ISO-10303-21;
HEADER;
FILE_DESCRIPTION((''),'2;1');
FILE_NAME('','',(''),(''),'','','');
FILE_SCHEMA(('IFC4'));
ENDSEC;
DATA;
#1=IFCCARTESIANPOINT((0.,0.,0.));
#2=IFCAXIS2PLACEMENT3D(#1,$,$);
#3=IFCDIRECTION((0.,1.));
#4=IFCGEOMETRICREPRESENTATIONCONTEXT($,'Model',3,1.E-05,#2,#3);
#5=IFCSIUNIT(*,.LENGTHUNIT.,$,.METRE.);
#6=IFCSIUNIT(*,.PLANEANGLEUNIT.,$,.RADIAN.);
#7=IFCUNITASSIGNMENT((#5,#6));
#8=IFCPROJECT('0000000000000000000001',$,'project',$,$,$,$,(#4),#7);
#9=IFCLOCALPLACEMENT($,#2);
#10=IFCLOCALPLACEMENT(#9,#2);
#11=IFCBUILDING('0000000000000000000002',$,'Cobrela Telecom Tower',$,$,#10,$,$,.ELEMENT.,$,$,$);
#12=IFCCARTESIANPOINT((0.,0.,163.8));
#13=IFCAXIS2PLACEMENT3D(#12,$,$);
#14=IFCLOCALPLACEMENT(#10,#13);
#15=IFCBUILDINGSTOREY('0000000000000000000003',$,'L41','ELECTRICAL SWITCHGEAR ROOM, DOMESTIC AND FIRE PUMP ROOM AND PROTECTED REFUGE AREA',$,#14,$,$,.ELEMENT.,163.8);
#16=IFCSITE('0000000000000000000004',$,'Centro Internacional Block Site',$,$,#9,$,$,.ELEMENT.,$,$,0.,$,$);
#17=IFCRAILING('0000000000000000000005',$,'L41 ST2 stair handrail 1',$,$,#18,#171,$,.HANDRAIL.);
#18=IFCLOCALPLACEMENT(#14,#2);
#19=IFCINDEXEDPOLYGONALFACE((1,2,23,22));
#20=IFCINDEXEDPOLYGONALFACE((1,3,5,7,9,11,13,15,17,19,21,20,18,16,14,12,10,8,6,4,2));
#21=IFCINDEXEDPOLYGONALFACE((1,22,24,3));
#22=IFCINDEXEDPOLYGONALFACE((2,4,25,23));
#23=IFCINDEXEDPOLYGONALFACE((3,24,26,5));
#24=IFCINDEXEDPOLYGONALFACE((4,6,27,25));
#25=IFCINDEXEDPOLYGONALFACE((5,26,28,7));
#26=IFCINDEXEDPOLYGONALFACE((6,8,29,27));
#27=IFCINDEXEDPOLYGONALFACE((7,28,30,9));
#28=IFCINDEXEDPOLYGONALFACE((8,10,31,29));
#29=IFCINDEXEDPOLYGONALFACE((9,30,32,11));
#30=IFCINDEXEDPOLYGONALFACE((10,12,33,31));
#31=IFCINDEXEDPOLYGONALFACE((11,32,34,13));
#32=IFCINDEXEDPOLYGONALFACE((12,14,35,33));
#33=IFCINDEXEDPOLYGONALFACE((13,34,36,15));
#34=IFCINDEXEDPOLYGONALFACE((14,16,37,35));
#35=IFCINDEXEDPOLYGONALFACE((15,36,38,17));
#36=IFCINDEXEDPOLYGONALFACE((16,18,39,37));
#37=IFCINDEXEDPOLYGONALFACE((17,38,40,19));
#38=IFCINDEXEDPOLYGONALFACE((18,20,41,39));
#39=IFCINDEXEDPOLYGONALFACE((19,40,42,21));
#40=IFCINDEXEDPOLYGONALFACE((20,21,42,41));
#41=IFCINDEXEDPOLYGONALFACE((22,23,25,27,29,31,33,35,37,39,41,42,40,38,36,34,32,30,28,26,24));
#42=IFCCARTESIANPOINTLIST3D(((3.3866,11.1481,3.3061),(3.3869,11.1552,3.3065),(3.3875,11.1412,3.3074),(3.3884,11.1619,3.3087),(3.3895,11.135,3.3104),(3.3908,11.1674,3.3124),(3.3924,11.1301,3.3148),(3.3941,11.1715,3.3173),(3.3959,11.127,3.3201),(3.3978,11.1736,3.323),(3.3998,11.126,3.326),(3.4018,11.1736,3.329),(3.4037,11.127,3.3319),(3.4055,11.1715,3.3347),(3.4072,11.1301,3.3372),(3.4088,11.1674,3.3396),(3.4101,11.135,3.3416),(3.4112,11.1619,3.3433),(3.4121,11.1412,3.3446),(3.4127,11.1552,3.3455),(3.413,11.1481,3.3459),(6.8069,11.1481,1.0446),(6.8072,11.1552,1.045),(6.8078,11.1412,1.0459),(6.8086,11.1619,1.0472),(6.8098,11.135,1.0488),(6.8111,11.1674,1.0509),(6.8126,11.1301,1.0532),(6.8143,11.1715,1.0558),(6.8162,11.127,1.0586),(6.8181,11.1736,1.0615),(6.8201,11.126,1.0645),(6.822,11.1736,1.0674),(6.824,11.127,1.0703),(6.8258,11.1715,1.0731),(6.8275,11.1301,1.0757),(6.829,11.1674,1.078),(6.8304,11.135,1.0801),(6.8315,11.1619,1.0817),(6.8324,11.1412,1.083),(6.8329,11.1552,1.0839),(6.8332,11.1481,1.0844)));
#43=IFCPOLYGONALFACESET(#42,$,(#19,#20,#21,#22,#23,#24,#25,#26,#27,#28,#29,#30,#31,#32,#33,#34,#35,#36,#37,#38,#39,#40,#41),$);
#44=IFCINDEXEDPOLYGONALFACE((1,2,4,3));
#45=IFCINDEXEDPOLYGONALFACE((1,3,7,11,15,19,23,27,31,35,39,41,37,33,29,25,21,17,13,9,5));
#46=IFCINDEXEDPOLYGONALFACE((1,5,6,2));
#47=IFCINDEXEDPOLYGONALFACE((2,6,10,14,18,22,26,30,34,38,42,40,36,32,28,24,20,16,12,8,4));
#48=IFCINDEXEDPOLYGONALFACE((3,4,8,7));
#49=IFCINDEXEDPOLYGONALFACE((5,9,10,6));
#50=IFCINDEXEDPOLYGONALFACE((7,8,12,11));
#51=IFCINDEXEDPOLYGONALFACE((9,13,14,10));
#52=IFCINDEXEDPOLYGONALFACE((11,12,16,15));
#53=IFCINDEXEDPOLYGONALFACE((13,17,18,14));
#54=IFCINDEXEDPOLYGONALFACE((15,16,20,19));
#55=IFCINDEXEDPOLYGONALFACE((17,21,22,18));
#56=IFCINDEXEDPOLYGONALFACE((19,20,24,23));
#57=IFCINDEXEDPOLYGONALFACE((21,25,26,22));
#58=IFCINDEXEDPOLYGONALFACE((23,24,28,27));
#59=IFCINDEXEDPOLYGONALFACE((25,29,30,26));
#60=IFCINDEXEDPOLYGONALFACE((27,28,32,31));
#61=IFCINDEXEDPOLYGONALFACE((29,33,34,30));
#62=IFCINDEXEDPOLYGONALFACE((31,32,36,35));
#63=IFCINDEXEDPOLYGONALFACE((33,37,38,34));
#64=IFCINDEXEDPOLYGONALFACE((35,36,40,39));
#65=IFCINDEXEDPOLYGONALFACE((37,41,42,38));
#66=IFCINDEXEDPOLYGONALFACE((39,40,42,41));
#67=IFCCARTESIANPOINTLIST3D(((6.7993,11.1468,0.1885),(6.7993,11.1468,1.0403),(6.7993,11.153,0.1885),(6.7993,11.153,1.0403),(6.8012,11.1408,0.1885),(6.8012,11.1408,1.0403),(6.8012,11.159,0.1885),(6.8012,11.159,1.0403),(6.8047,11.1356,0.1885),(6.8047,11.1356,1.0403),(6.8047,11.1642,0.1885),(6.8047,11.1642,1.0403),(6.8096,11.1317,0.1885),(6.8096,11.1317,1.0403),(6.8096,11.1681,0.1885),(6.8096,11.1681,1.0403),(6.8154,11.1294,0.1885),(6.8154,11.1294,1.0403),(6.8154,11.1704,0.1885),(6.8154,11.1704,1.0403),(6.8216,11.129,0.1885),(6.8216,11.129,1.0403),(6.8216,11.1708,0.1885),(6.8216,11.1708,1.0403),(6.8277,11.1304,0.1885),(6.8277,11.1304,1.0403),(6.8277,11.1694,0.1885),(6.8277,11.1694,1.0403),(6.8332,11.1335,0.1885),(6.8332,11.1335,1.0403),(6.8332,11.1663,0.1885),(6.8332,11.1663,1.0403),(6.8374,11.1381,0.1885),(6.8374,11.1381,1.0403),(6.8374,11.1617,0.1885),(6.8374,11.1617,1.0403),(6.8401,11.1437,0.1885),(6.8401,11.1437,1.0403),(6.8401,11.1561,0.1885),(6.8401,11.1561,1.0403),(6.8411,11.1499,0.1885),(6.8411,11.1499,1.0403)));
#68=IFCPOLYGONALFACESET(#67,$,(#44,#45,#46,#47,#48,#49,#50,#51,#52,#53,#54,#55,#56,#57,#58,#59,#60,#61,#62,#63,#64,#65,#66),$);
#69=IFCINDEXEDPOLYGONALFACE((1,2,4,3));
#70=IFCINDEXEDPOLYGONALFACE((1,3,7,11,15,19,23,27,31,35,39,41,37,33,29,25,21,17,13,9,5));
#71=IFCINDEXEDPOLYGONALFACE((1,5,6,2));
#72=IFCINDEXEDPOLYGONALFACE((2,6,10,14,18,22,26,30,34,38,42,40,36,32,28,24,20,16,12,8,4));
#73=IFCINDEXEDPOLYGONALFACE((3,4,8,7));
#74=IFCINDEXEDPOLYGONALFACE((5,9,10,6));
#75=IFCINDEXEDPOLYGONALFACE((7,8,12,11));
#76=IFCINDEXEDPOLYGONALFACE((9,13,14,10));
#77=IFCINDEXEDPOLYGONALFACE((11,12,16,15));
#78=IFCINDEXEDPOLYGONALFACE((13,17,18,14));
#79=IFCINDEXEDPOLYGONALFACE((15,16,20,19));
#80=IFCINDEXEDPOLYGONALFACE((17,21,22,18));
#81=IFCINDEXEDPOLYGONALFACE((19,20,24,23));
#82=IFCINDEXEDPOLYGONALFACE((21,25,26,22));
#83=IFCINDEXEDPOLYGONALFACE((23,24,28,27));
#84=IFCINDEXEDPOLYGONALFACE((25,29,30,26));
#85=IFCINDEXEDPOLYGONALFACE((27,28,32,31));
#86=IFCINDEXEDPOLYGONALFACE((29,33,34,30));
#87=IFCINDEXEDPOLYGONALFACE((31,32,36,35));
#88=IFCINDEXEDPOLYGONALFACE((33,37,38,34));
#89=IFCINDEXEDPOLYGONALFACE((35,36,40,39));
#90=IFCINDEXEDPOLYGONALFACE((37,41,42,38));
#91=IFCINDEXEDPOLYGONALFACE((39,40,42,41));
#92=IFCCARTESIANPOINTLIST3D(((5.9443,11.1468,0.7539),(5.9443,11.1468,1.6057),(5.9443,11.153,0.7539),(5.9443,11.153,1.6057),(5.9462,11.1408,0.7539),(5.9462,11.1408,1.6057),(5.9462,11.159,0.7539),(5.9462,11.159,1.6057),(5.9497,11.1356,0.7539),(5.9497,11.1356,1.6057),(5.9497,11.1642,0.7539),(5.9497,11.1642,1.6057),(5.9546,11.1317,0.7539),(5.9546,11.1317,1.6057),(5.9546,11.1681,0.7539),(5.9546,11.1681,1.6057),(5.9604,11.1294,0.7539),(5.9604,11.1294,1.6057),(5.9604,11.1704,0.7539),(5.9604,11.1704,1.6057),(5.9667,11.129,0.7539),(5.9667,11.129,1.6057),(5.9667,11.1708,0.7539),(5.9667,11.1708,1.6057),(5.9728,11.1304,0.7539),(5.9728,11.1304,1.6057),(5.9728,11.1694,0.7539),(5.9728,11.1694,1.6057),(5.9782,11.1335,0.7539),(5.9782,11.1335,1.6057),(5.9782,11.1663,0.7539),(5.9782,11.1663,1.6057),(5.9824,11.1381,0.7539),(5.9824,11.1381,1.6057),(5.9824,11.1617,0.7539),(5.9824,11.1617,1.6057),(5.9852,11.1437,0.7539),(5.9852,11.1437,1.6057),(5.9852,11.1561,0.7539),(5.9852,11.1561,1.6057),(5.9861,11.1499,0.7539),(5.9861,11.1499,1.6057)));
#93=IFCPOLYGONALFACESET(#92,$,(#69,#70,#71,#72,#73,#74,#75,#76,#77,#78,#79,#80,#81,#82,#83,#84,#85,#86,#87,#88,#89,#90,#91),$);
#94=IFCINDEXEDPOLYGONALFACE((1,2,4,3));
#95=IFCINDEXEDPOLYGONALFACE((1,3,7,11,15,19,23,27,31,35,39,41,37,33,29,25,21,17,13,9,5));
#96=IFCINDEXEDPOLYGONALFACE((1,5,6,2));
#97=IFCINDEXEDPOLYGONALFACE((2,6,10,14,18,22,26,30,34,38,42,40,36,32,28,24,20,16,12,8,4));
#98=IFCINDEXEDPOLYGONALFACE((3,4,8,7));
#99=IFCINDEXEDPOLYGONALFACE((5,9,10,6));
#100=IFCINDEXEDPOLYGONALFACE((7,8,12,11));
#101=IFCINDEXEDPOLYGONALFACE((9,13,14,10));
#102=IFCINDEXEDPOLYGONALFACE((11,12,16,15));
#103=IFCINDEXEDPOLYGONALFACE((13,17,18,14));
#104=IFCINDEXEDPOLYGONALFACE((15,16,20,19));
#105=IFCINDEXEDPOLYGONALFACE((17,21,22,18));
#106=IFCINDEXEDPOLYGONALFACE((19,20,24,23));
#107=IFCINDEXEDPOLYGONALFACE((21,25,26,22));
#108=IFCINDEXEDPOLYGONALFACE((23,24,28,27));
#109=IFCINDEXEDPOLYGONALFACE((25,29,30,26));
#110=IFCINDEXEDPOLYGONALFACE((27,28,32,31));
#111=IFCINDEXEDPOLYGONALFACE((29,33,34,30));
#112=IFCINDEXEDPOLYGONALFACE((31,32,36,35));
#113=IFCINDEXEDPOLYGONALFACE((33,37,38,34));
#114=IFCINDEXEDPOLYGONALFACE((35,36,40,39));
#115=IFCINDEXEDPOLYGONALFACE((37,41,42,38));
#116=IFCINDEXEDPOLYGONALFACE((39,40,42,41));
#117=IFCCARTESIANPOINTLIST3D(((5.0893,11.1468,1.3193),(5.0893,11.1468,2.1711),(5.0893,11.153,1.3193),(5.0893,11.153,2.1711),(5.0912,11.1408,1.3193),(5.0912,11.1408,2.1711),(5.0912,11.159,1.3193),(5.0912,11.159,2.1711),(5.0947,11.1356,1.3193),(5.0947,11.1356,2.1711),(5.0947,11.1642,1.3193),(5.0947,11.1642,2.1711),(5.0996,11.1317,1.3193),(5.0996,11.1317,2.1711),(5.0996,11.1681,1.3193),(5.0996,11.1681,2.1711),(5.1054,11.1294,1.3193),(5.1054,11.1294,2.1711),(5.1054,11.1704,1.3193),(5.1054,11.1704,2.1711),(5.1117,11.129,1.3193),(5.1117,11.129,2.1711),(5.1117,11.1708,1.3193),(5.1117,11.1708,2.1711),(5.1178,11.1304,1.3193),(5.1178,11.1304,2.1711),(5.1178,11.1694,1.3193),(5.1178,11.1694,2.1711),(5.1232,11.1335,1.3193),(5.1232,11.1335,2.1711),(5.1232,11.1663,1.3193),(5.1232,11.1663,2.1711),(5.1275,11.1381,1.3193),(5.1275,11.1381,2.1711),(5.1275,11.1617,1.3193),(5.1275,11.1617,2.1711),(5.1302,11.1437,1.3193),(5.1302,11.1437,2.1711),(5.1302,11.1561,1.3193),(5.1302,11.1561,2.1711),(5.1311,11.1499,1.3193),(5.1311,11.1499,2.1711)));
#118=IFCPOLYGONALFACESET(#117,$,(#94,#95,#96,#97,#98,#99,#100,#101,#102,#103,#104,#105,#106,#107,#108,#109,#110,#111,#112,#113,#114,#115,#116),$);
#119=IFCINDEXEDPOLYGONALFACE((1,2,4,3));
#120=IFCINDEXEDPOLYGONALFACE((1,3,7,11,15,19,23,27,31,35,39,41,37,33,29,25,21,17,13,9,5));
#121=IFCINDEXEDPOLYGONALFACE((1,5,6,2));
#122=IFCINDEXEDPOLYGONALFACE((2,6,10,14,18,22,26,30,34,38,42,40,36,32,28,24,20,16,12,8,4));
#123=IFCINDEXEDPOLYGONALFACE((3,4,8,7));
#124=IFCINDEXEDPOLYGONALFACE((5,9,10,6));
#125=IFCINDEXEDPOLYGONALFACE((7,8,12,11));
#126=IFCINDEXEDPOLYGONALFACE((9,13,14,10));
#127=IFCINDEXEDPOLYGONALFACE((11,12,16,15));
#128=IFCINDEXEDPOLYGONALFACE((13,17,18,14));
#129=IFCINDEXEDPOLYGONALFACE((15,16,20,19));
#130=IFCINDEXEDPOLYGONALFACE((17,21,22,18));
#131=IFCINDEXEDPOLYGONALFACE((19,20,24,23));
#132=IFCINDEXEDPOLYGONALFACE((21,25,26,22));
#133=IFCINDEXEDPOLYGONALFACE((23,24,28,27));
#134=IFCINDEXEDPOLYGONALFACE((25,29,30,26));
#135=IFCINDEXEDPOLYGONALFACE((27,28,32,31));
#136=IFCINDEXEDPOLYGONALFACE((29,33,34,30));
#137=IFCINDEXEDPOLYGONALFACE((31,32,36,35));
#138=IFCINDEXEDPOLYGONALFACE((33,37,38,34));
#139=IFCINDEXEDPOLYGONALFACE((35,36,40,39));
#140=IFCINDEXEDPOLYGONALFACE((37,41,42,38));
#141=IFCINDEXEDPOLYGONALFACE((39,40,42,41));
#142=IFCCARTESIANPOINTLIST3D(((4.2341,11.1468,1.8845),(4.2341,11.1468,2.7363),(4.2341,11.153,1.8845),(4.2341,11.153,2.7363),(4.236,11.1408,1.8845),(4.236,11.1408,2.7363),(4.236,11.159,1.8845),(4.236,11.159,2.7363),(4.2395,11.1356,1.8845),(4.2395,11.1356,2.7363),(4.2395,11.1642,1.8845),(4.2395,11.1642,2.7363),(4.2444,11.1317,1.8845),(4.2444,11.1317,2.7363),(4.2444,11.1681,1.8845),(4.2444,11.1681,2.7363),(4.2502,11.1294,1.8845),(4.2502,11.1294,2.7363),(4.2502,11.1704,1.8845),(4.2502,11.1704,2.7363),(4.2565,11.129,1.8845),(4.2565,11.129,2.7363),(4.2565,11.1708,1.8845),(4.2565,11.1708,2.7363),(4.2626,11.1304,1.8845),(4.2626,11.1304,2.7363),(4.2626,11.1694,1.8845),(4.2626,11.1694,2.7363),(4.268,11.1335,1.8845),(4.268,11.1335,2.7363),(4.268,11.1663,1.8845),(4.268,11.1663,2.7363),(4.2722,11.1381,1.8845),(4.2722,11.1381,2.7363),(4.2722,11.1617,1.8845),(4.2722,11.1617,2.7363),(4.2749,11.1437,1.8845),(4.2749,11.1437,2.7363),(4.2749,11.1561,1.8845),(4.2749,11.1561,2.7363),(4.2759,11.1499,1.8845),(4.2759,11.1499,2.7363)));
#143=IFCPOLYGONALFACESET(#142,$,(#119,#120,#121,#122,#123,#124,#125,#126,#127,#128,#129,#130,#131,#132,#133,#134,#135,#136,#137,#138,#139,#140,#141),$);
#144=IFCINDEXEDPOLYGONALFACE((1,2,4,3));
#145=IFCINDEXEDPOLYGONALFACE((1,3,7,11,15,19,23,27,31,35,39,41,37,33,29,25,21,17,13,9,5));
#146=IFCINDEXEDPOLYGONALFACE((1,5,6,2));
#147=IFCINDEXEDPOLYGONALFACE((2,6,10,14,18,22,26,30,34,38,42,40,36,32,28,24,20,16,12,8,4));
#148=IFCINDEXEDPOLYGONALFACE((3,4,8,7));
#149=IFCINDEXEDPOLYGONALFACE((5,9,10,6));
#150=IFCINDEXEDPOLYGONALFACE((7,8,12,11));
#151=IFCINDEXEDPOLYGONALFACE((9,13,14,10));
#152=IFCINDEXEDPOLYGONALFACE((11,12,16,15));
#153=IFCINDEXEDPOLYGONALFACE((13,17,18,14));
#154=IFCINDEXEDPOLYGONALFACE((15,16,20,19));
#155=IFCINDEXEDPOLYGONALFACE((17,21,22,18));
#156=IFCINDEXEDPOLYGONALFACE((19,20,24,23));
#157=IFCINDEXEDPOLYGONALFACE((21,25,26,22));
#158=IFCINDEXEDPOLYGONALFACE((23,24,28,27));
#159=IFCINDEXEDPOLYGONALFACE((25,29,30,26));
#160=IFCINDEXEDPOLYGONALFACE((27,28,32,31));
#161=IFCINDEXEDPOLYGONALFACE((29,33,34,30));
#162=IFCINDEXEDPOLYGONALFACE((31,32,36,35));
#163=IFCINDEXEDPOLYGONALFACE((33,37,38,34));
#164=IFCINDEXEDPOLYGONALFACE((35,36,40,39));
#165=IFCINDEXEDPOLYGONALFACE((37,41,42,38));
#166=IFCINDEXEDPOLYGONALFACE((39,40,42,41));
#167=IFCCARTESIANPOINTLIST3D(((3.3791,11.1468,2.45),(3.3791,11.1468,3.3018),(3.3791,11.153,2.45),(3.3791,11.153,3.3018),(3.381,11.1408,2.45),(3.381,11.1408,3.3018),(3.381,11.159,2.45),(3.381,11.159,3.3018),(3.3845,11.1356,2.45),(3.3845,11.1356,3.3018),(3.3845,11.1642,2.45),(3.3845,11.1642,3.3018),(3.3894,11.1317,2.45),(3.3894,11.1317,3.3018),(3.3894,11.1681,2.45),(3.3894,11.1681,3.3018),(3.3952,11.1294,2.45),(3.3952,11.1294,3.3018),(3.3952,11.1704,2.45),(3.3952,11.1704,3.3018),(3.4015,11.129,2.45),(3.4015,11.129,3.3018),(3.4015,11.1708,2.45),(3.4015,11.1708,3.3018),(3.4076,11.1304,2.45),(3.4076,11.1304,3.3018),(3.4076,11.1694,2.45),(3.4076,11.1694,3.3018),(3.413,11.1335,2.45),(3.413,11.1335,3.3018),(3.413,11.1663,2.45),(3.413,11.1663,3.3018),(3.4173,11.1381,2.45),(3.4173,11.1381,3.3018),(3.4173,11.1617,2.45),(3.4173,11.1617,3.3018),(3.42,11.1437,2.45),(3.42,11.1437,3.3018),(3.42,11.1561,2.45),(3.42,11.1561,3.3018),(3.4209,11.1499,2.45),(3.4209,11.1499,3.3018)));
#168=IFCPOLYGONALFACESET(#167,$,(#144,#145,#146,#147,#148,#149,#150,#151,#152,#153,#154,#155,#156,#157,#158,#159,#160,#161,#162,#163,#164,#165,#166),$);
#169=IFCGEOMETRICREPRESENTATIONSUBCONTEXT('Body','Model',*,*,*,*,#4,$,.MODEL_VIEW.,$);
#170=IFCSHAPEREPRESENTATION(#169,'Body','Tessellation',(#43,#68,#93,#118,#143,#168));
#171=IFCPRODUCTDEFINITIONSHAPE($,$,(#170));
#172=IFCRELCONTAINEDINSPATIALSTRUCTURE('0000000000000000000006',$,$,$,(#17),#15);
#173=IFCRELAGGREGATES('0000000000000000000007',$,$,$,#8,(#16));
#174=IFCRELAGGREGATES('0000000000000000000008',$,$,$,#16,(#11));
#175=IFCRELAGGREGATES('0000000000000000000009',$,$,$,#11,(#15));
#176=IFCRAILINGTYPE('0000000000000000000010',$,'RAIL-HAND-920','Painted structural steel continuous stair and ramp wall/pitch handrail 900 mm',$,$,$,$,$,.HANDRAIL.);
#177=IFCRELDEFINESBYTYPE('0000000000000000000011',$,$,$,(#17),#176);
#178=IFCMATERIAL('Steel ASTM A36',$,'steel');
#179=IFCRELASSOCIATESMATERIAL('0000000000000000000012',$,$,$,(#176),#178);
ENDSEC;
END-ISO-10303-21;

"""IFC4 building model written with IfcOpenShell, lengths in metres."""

from ifc_helpers import new_model, si_unit, direction, frame, origin, origin_2d, place, context, subcontext, project, spatial, circle, extrude, material, type_object, element, save


model = new_model("IFC4")

# Units and contexts
model_context = context("Model", 3, precision=1e-05, world=origin(), true_north=direction((0.0, 1.0)))
body_context = subcontext(model_context, "Body", "Model", "MODEL_VIEW")
ifc_project = project(units=[si_unit("LENGTHUNIT", "METRE"), si_unit("PLANEANGLEUNIT", "RADIAN")], contexts=[model_context])

# Site, building, storey
site_placement = place(None, origin())
site = spatial("IfcSite", under=ifc_project, at=site_placement, Name="Centro Internacional Block Site", CompositionType="ELEMENT", RefElevation=0.0)
building_placement = place(site_placement, origin())
building = spatial("IfcBuilding", under=site, at=building_placement, Name="Cobrela Telecom Tower", CompositionType="ELEMENT")
storey_placement = place(building_placement, frame((0.0, 0.0, 163.8)))
storey = spatial("IfcBuildingStorey", under=building, at=storey_placement, Name="L41", Description="ELECTRICAL SWITCHGEAR ROOM, DOMESTIC AND FIRE PUMP ROOM AND PROTECTED REFUGE AREA", CompositionType="ELEMENT", Elevation=163.8)

# Shared definitions
ifc_material_1 = material(Name="Steel ASTM A36", Category="steel")

# Railing
railing_type_1 = type_object("IfcRailingType", Name="RAIL-HAND-920", Description="Painted structural steel continuous stair and ramp wall/pitch handrail 900 mm", PredefinedType="HANDRAIL", material=ifc_material_1)
railing_1_placement = place(storey_placement, frame((6.8201, 11.1499, 0.1885)))
element("IfcRailing", 1, at=railing_1_placement, inside=storey, type_object=railing_type_1, Name="L41 ST2 stair handrail 1", PredefinedType="HANDRAIL", context=body_context, shape_type="SweptSolid", body=[
    extrude(circle(Radius=0.0239, at=origin_2d()), frame((0.0, 0.0, 0.876), z_axis=(-0.834142, 0.0, 0.55155), x_axis=(0.0, -1.0, 0.0)), (0.0, 0.0, 1.0), 4.1003),
    extrude(circle(Radius=0.021, at=origin_2d()), origin(), (0.0, 0.0, 1.0), 0.8518),
    extrude(circle(Radius=0.021, at=origin_2d()), frame((-0.855, 0.0, 0.5654)), (0.0, 0.0, 1.0), 0.8518),
    extrude(circle(Radius=0.021, at=origin_2d()), frame((-1.71, 0.0, 1.1309)), (0.0, 0.0, 1.0), 0.8518),
    extrude(circle(Radius=0.021, at=origin_2d()), frame((-2.5652, 0.0, 1.696)), (0.0, 0.0, 1.0), 0.8518),
    extrude(circle(Radius=0.021, at=origin_2d()), frame((-3.4202, 0.0, 2.2615)), (0.0, 0.0, 1.0), 0.8518),
])

save(model, "model.ifc")
